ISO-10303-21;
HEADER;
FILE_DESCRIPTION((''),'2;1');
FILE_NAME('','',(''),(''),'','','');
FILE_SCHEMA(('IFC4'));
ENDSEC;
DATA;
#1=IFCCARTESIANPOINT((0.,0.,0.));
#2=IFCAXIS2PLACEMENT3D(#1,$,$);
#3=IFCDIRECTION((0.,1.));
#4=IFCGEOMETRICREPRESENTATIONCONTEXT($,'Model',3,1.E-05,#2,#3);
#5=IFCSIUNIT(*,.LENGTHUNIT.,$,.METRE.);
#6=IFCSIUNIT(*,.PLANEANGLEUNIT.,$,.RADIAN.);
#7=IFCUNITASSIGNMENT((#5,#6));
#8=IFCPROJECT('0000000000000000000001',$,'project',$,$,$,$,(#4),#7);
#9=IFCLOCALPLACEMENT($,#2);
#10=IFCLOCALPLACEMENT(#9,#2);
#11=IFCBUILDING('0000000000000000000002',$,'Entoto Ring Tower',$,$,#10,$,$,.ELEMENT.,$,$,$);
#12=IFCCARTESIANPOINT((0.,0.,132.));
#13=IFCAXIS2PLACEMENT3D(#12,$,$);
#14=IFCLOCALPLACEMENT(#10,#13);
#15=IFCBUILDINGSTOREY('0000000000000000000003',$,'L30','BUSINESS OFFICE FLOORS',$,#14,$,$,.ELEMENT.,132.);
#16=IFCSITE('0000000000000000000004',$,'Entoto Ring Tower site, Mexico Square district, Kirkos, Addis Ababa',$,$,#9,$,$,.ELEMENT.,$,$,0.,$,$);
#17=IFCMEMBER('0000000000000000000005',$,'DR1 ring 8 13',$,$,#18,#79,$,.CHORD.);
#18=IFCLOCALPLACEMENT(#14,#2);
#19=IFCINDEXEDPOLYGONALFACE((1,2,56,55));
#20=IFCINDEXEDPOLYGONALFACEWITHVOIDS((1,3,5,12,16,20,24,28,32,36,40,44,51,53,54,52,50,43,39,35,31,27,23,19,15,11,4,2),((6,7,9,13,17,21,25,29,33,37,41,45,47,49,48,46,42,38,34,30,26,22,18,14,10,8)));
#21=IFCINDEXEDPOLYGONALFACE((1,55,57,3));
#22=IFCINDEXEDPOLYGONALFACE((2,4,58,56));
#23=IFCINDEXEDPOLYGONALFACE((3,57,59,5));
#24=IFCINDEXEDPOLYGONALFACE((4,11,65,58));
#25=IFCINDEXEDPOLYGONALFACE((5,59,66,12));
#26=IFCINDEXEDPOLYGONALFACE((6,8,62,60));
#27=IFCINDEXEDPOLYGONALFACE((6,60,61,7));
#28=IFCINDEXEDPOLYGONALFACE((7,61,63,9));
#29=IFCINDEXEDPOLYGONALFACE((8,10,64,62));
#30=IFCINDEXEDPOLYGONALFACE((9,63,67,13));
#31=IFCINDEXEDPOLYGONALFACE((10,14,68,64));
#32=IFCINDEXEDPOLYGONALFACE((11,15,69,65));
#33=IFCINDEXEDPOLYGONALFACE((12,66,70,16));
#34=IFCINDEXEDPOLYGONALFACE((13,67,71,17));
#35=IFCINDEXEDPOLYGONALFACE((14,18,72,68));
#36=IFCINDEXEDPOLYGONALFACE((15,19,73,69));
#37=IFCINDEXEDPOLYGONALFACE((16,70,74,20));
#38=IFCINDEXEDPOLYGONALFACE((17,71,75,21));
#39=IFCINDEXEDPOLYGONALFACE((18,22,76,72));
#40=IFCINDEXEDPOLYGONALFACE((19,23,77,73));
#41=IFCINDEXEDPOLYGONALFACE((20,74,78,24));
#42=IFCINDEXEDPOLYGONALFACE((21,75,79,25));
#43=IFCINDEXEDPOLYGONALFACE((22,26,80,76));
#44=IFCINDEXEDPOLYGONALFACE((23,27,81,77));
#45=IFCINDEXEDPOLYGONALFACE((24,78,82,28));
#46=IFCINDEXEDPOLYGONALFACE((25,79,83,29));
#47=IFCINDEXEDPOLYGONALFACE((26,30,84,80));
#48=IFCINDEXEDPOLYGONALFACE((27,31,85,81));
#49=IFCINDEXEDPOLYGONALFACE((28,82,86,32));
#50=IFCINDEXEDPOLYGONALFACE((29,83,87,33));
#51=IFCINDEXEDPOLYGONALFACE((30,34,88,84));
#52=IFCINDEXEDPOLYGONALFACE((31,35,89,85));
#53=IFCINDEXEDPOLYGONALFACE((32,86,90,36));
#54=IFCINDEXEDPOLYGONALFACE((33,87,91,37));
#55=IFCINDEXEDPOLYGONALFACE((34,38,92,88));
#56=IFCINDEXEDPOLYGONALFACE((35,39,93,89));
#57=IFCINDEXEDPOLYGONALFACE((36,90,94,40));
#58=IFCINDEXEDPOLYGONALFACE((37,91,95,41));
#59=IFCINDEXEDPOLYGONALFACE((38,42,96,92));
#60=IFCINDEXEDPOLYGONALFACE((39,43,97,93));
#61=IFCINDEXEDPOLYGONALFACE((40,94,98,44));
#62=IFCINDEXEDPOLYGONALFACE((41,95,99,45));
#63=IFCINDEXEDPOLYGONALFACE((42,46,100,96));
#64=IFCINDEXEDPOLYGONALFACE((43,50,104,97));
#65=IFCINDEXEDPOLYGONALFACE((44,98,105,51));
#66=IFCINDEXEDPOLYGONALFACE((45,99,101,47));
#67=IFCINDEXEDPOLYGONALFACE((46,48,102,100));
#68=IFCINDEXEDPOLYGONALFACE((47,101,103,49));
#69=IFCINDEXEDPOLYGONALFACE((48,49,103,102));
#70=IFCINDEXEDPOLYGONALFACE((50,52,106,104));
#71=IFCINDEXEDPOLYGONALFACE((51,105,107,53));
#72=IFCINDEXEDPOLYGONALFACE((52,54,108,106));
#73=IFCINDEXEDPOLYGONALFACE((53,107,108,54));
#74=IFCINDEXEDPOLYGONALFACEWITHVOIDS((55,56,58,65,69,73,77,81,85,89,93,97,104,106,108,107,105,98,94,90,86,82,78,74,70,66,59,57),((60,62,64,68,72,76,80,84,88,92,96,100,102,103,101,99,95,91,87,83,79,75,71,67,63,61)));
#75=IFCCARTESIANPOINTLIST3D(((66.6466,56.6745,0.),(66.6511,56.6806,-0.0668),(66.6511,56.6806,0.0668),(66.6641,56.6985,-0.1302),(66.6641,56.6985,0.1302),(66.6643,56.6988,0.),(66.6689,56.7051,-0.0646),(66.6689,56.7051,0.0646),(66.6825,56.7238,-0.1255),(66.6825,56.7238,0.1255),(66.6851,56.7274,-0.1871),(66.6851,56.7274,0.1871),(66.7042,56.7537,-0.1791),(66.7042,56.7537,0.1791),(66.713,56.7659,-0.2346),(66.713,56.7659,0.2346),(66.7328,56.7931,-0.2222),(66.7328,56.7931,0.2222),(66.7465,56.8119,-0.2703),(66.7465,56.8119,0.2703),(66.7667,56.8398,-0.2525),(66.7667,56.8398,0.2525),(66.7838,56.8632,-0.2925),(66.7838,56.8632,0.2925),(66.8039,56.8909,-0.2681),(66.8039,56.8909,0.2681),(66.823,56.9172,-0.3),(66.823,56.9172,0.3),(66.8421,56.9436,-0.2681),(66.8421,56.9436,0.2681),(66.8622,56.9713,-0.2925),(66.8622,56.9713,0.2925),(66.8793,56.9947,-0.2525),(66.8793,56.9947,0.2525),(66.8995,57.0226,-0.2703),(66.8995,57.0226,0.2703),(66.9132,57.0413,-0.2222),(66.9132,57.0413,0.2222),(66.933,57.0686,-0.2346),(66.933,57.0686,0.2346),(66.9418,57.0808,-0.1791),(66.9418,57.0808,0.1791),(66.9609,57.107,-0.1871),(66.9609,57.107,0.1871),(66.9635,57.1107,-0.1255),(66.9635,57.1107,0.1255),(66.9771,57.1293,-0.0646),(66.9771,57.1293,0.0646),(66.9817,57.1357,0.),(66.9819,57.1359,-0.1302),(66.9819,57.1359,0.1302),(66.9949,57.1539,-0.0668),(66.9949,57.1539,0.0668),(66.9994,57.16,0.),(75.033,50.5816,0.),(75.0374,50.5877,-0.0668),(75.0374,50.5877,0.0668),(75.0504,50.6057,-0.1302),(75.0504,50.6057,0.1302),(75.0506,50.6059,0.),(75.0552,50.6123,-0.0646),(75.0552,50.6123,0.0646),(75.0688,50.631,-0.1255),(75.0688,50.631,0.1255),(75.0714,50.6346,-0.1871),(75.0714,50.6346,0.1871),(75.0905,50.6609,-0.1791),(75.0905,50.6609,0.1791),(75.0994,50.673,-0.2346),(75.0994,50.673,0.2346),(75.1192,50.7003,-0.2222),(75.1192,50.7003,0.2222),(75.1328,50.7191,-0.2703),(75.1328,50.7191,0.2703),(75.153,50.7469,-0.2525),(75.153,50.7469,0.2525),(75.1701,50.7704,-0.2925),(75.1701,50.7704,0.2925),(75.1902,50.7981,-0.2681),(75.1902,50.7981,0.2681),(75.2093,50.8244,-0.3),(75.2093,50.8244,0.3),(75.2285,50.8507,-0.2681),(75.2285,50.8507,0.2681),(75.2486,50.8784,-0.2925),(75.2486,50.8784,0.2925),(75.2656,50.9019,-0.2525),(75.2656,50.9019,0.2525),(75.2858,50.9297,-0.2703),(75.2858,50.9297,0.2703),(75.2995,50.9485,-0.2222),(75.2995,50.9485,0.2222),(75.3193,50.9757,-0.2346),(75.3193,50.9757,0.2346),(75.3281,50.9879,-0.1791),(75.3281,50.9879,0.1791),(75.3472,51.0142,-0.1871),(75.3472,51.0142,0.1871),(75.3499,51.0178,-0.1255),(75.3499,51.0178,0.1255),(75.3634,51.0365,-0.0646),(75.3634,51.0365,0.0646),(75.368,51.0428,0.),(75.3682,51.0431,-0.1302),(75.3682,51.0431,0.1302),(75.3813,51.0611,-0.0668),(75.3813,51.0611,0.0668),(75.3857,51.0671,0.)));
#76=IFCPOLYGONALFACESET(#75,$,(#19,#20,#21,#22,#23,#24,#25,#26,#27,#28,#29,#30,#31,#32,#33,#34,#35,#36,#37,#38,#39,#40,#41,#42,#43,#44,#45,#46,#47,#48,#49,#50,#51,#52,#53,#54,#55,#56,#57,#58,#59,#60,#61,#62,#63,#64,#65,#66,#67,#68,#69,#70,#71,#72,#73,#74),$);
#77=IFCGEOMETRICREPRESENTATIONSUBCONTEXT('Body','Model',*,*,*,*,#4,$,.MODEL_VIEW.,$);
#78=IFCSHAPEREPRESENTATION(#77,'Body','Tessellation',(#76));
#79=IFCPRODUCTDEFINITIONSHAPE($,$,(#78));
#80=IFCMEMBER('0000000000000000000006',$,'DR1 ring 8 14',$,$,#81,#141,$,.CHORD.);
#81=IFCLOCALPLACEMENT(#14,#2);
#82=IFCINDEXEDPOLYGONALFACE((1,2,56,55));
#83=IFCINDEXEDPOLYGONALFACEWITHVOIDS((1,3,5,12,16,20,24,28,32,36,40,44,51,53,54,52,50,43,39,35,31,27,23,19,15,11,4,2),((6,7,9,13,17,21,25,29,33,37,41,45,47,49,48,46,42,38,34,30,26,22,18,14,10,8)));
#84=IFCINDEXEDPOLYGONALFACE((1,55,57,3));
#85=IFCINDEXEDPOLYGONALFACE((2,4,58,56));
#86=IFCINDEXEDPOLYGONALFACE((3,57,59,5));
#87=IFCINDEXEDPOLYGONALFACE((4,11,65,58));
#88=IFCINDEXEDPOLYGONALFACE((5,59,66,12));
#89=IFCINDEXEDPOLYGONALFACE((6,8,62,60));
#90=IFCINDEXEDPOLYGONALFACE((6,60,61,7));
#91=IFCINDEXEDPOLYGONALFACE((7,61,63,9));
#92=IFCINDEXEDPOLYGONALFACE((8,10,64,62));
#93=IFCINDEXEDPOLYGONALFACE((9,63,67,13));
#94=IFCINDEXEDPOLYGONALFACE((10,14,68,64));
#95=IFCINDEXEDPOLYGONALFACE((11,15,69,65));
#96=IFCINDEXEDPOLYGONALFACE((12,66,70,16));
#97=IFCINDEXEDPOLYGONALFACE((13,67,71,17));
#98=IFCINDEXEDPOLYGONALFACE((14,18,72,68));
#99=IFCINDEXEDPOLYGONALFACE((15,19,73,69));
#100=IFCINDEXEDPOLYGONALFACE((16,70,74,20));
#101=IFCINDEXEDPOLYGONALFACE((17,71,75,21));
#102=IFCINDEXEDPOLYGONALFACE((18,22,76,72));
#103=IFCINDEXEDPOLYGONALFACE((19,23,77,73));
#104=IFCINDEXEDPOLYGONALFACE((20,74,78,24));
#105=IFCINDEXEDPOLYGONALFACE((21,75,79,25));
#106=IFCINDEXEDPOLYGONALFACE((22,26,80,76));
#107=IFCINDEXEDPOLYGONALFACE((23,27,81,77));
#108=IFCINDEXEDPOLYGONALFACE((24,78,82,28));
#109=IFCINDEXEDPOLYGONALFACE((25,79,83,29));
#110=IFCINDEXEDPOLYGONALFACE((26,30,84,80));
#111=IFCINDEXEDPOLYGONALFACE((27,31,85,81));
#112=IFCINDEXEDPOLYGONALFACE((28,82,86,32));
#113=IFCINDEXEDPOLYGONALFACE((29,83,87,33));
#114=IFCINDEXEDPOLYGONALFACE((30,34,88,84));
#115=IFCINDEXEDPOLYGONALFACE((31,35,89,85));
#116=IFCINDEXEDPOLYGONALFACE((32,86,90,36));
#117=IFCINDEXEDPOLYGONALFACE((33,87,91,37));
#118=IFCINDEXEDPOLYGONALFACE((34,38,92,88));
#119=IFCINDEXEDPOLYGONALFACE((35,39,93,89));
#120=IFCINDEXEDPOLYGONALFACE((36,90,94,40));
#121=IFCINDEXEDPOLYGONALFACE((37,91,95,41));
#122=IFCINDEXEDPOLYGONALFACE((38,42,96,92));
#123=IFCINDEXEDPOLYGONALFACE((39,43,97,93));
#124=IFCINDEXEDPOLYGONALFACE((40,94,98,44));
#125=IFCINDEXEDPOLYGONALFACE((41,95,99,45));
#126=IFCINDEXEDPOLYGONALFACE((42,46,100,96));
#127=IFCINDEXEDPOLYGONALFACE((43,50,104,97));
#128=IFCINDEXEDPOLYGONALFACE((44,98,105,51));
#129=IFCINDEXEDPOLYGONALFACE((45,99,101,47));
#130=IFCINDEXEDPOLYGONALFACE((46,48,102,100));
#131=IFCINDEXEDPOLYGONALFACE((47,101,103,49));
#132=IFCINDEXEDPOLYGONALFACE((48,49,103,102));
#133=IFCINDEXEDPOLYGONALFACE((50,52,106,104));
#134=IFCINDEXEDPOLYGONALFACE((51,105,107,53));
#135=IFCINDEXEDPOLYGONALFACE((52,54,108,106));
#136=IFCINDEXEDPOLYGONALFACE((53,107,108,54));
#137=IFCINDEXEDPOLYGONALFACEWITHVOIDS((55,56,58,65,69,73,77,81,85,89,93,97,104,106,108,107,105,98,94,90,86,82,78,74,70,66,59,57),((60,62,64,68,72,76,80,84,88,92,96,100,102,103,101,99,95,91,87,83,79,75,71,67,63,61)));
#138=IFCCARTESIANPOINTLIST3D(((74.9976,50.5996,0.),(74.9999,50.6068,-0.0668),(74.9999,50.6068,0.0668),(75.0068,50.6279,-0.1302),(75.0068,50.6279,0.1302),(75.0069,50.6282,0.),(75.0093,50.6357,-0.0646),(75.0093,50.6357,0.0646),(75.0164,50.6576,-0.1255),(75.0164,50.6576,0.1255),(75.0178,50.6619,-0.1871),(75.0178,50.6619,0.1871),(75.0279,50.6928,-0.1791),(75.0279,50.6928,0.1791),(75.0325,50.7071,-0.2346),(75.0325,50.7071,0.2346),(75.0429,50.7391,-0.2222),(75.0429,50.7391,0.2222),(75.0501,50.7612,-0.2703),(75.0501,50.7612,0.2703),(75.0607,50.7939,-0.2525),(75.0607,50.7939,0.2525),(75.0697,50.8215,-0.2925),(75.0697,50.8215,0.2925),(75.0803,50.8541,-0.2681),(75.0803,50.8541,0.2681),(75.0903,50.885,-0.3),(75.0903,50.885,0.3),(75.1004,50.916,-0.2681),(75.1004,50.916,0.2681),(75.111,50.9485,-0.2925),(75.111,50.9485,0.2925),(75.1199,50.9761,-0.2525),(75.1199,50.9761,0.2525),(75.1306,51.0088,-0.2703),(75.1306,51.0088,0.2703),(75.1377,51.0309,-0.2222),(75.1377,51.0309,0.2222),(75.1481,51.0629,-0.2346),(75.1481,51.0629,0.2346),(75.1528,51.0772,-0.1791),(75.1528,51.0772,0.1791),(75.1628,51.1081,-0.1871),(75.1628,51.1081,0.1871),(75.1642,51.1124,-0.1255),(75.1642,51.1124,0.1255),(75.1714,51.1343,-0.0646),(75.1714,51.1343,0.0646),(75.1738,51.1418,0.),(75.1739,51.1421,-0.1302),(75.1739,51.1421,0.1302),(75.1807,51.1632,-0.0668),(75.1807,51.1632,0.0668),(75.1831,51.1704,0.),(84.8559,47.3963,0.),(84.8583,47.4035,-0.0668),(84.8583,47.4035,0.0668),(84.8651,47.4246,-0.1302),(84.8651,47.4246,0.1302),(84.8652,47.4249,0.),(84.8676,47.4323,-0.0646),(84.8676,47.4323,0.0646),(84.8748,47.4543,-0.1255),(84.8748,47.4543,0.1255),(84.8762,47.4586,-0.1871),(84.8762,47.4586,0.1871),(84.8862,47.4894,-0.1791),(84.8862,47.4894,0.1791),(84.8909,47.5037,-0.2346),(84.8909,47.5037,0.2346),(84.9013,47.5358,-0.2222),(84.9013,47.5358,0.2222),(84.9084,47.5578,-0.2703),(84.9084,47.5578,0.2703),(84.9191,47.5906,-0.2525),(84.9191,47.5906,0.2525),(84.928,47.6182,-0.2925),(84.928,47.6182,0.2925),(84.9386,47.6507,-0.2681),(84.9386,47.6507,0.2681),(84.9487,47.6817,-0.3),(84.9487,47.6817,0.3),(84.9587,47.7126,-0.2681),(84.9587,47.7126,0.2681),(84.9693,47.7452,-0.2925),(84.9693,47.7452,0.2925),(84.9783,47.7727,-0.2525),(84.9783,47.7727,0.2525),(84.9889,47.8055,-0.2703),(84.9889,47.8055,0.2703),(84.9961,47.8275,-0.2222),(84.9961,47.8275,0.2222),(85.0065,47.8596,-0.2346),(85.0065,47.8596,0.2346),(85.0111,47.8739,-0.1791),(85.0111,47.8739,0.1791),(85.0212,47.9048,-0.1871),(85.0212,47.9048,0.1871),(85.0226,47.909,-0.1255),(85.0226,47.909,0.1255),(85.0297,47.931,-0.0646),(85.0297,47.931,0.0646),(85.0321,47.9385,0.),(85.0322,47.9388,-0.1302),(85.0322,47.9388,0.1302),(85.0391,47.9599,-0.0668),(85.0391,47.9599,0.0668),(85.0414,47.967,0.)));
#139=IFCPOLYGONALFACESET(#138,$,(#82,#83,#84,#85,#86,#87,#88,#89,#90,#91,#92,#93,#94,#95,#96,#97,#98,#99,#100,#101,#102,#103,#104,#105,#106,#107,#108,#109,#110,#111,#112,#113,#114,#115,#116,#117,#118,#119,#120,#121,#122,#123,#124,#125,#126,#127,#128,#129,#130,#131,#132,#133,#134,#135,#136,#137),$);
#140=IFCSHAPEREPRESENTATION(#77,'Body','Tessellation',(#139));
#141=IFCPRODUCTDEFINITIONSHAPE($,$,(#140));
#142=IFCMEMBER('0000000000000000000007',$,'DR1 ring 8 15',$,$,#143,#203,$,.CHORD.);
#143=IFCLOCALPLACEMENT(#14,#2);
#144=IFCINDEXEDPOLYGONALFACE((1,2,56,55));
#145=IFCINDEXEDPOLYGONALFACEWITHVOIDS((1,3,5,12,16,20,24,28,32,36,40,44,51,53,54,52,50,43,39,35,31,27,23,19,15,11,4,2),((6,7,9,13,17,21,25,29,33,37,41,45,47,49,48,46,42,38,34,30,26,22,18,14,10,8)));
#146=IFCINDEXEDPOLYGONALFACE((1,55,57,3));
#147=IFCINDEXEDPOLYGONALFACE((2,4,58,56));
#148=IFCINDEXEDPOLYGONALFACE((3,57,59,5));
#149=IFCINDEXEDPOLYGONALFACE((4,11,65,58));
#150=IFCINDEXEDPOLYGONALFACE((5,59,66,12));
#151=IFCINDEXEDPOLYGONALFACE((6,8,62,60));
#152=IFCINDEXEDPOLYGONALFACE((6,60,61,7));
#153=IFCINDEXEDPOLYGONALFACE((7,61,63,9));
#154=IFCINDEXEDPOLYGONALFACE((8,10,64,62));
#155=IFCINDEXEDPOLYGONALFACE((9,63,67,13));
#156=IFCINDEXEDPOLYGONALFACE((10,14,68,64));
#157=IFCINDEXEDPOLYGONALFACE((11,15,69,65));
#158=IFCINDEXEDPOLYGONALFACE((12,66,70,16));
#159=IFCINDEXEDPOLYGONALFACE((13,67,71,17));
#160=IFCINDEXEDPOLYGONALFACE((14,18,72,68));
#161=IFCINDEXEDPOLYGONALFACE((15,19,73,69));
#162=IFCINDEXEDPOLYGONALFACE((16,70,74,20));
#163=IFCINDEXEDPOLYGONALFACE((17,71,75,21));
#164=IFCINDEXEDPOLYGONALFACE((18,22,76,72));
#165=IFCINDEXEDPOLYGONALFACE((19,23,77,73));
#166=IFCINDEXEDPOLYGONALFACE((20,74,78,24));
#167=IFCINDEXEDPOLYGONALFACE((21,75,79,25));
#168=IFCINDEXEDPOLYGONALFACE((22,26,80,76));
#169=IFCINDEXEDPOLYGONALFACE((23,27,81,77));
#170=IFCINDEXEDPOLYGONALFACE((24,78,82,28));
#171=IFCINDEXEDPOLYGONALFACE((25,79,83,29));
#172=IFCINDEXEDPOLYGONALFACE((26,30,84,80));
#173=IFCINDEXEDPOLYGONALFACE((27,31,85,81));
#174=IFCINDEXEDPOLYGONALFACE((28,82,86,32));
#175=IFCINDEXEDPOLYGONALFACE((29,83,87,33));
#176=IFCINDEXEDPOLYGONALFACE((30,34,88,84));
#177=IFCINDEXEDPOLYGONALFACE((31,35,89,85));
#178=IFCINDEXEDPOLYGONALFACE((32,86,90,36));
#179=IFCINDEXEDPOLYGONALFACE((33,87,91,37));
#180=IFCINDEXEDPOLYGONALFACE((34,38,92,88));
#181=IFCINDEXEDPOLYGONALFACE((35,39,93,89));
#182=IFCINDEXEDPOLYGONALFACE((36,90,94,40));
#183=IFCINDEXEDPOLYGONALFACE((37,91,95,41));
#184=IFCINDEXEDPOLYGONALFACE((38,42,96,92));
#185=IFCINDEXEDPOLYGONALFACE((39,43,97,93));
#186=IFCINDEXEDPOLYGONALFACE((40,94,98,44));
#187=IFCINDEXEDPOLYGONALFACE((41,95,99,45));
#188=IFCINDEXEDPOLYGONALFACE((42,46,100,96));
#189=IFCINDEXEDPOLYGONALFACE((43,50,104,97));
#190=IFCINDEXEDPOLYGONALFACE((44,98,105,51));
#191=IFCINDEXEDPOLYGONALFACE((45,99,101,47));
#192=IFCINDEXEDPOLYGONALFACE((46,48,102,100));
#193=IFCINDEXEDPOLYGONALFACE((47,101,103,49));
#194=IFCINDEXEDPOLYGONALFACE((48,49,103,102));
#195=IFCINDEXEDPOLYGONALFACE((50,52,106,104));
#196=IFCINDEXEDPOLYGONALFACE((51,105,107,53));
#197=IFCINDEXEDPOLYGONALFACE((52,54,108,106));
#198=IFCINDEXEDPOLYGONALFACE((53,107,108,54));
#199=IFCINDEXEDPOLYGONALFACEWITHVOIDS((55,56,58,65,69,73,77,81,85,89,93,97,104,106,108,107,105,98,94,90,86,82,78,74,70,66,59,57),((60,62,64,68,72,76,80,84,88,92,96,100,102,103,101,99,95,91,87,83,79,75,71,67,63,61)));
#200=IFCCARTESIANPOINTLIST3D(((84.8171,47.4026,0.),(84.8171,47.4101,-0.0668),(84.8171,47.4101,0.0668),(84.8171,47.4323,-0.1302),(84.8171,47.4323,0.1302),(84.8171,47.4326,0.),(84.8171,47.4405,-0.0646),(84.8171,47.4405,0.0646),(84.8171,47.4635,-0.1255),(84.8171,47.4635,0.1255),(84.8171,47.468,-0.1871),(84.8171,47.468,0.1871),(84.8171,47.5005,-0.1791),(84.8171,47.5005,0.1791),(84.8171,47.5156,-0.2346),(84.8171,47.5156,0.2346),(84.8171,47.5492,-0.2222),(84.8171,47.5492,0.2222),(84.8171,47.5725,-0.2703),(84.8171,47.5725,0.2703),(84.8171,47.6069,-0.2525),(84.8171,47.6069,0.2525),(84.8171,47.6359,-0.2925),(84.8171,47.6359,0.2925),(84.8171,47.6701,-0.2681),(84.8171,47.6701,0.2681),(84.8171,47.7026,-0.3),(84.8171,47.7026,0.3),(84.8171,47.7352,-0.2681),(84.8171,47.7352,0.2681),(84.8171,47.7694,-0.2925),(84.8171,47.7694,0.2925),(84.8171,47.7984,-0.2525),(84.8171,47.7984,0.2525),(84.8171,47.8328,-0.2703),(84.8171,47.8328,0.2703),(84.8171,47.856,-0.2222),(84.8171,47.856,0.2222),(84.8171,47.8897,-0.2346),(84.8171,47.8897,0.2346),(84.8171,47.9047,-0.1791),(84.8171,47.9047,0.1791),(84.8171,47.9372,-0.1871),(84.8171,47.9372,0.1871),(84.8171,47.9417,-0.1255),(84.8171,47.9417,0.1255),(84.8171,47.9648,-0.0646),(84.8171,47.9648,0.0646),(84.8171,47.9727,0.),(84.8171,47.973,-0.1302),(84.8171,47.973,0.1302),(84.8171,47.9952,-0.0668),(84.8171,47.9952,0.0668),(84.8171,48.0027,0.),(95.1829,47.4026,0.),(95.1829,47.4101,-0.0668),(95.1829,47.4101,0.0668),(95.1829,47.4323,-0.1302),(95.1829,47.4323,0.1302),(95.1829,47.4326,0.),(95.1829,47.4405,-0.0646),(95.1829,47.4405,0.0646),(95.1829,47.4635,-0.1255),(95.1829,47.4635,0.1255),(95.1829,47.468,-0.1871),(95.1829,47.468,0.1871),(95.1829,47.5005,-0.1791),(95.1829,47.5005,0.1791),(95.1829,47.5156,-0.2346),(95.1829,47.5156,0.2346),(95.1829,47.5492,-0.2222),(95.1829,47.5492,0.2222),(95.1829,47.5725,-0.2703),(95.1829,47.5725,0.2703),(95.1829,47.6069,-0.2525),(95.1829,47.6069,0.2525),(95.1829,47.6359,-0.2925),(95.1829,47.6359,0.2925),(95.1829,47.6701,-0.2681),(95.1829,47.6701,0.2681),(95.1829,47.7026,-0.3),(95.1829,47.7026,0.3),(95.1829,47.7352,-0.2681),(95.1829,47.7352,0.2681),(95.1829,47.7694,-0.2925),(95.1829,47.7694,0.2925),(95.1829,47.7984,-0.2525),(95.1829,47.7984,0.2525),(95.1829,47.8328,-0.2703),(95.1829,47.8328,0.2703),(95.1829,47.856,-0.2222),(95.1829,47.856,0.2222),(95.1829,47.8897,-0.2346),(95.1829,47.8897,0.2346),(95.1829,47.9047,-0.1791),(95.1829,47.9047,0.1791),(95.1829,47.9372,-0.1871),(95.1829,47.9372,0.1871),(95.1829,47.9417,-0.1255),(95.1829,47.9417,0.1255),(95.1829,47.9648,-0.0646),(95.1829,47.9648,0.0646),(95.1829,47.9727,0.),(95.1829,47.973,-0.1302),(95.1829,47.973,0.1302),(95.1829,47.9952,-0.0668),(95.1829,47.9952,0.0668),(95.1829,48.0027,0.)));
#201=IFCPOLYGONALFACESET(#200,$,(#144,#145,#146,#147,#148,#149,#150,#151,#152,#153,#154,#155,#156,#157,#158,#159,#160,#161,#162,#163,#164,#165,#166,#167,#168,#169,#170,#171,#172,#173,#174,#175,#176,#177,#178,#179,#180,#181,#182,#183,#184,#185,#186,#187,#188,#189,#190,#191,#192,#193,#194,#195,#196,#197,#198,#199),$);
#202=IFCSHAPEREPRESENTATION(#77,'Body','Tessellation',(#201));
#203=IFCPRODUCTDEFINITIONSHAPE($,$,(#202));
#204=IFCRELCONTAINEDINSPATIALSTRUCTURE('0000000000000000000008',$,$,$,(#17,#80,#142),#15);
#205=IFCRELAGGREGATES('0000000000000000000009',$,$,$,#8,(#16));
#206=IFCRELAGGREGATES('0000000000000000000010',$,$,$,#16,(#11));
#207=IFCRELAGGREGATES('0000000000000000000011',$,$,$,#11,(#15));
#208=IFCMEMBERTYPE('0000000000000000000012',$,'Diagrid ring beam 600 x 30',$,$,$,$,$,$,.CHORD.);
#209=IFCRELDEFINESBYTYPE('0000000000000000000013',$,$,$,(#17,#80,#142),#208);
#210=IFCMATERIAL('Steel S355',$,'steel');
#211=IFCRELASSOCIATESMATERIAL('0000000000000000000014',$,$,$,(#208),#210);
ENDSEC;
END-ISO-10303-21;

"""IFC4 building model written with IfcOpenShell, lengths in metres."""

from ifc_helpers import new_model, si_unit, direction, frame, origin, origin_2d, place, context, subcontext, project, spatial, circle, hollow_circle, extrude, material, material_profile, profile_set, type_object, element, save


model = new_model("IFC4")

# Units and contexts
model_context = context("Model", 3, precision=1e-05, world=origin(), true_north=direction((0.0, 1.0)))
body_context = subcontext(model_context, "Body", "Model", "MODEL_VIEW")
ifc_project = project(units=[si_unit("LENGTHUNIT", "METRE"), si_unit("PLANEANGLEUNIT", "RADIAN")], contexts=[model_context])

# Site, building, storey
site_placement = place(None, origin())
site = spatial("IfcSite", under=ifc_project, at=site_placement, Name="Entoto Ring Tower site, Mexico Square district, Kirkos, Addis Ababa", CompositionType="ELEMENT", RefElevation=0.0)
building_placement = place(site_placement, origin())
building = spatial("IfcBuilding", under=site, at=building_placement, Name="Entoto Ring Tower", CompositionType="ELEMENT")
storey_placement = place(building_placement, frame((0.0, 0.0, 132.0)))
storey = spatial("IfcBuildingStorey", under=building, at=storey_placement, Name="L30", Description="BUSINESS OFFICE FLOORS", CompositionType="ELEMENT", Elevation=132.0)

# Members
ifc_material_1 = material(Name="Steel S355", Category="steel")
ifc_material_profile_1 = material_profile(ifc_material_1, hollow_circle(Radius=0.3, WallThickness=0.03, at=origin_2d()), Name="CHS 600 x 30")
ifc_material_2 = material(Name="Concrete C60/75", Category="concrete")
ifc_material_profile_2 = material_profile(ifc_material_2, circle(Radius=0.27, at=origin_2d()), Name="Concrete C60/75 infill")
ifc_profile_set_1 = profile_set([ifc_material_profile_1, ifc_material_profile_2], Name="Steel S355")
member_type_1 = type_object("IfcMemberType", Name="Diagrid ring beam 600 x 30", PredefinedType="CHORD", material=ifc_profile_set_1)
member_1_placement = place(storey_placement, frame((66.823, 56.9172, 0.0), z_axis=(0.809025, -0.587774, 0.0), x_axis=(0.587774, 0.809025, 0.0)))
element("IfcMember", 1, at=member_1_placement, inside=storey, type_object=member_type_1, Name="DR1 ring 8 13", PredefinedType="CHORD", context=body_context, shape_type="SweptSolid", body=[
    extrude(hollow_circle(Radius=0.3, WallThickness=0.03, at=origin_2d()), origin(), (0.0, 0.0, 1.0), 10.366),
])
for number, where, z_axis, x_axis, name in (
    (2, (75.0903, 50.885, 0.0), (0.951051, -0.309033, 0.0), (0.309033, 0.951051, 0.0), "DR1 ring 8 14"),
    (3, (84.8171, 47.7026, 0.0), (1.0, 0.0, 0.0), (0.0, 1.0, 0.0), "DR1 ring 8 15"),
):
    element("IfcMember", number, at=place(storey_placement, frame(where, z_axis=z_axis, x_axis=x_axis)), inside=storey, type_object=member_type_1, Name=name, PredefinedType="CHORD", context=body_context, shape_type="SweptSolid", body=[
        extrude(hollow_circle(Radius=0.3, WallThickness=0.03, at=origin_2d()), origin(), (0.0, 0.0, 1.0), 10.3657),
    ])

save(model, "model.ifc")
